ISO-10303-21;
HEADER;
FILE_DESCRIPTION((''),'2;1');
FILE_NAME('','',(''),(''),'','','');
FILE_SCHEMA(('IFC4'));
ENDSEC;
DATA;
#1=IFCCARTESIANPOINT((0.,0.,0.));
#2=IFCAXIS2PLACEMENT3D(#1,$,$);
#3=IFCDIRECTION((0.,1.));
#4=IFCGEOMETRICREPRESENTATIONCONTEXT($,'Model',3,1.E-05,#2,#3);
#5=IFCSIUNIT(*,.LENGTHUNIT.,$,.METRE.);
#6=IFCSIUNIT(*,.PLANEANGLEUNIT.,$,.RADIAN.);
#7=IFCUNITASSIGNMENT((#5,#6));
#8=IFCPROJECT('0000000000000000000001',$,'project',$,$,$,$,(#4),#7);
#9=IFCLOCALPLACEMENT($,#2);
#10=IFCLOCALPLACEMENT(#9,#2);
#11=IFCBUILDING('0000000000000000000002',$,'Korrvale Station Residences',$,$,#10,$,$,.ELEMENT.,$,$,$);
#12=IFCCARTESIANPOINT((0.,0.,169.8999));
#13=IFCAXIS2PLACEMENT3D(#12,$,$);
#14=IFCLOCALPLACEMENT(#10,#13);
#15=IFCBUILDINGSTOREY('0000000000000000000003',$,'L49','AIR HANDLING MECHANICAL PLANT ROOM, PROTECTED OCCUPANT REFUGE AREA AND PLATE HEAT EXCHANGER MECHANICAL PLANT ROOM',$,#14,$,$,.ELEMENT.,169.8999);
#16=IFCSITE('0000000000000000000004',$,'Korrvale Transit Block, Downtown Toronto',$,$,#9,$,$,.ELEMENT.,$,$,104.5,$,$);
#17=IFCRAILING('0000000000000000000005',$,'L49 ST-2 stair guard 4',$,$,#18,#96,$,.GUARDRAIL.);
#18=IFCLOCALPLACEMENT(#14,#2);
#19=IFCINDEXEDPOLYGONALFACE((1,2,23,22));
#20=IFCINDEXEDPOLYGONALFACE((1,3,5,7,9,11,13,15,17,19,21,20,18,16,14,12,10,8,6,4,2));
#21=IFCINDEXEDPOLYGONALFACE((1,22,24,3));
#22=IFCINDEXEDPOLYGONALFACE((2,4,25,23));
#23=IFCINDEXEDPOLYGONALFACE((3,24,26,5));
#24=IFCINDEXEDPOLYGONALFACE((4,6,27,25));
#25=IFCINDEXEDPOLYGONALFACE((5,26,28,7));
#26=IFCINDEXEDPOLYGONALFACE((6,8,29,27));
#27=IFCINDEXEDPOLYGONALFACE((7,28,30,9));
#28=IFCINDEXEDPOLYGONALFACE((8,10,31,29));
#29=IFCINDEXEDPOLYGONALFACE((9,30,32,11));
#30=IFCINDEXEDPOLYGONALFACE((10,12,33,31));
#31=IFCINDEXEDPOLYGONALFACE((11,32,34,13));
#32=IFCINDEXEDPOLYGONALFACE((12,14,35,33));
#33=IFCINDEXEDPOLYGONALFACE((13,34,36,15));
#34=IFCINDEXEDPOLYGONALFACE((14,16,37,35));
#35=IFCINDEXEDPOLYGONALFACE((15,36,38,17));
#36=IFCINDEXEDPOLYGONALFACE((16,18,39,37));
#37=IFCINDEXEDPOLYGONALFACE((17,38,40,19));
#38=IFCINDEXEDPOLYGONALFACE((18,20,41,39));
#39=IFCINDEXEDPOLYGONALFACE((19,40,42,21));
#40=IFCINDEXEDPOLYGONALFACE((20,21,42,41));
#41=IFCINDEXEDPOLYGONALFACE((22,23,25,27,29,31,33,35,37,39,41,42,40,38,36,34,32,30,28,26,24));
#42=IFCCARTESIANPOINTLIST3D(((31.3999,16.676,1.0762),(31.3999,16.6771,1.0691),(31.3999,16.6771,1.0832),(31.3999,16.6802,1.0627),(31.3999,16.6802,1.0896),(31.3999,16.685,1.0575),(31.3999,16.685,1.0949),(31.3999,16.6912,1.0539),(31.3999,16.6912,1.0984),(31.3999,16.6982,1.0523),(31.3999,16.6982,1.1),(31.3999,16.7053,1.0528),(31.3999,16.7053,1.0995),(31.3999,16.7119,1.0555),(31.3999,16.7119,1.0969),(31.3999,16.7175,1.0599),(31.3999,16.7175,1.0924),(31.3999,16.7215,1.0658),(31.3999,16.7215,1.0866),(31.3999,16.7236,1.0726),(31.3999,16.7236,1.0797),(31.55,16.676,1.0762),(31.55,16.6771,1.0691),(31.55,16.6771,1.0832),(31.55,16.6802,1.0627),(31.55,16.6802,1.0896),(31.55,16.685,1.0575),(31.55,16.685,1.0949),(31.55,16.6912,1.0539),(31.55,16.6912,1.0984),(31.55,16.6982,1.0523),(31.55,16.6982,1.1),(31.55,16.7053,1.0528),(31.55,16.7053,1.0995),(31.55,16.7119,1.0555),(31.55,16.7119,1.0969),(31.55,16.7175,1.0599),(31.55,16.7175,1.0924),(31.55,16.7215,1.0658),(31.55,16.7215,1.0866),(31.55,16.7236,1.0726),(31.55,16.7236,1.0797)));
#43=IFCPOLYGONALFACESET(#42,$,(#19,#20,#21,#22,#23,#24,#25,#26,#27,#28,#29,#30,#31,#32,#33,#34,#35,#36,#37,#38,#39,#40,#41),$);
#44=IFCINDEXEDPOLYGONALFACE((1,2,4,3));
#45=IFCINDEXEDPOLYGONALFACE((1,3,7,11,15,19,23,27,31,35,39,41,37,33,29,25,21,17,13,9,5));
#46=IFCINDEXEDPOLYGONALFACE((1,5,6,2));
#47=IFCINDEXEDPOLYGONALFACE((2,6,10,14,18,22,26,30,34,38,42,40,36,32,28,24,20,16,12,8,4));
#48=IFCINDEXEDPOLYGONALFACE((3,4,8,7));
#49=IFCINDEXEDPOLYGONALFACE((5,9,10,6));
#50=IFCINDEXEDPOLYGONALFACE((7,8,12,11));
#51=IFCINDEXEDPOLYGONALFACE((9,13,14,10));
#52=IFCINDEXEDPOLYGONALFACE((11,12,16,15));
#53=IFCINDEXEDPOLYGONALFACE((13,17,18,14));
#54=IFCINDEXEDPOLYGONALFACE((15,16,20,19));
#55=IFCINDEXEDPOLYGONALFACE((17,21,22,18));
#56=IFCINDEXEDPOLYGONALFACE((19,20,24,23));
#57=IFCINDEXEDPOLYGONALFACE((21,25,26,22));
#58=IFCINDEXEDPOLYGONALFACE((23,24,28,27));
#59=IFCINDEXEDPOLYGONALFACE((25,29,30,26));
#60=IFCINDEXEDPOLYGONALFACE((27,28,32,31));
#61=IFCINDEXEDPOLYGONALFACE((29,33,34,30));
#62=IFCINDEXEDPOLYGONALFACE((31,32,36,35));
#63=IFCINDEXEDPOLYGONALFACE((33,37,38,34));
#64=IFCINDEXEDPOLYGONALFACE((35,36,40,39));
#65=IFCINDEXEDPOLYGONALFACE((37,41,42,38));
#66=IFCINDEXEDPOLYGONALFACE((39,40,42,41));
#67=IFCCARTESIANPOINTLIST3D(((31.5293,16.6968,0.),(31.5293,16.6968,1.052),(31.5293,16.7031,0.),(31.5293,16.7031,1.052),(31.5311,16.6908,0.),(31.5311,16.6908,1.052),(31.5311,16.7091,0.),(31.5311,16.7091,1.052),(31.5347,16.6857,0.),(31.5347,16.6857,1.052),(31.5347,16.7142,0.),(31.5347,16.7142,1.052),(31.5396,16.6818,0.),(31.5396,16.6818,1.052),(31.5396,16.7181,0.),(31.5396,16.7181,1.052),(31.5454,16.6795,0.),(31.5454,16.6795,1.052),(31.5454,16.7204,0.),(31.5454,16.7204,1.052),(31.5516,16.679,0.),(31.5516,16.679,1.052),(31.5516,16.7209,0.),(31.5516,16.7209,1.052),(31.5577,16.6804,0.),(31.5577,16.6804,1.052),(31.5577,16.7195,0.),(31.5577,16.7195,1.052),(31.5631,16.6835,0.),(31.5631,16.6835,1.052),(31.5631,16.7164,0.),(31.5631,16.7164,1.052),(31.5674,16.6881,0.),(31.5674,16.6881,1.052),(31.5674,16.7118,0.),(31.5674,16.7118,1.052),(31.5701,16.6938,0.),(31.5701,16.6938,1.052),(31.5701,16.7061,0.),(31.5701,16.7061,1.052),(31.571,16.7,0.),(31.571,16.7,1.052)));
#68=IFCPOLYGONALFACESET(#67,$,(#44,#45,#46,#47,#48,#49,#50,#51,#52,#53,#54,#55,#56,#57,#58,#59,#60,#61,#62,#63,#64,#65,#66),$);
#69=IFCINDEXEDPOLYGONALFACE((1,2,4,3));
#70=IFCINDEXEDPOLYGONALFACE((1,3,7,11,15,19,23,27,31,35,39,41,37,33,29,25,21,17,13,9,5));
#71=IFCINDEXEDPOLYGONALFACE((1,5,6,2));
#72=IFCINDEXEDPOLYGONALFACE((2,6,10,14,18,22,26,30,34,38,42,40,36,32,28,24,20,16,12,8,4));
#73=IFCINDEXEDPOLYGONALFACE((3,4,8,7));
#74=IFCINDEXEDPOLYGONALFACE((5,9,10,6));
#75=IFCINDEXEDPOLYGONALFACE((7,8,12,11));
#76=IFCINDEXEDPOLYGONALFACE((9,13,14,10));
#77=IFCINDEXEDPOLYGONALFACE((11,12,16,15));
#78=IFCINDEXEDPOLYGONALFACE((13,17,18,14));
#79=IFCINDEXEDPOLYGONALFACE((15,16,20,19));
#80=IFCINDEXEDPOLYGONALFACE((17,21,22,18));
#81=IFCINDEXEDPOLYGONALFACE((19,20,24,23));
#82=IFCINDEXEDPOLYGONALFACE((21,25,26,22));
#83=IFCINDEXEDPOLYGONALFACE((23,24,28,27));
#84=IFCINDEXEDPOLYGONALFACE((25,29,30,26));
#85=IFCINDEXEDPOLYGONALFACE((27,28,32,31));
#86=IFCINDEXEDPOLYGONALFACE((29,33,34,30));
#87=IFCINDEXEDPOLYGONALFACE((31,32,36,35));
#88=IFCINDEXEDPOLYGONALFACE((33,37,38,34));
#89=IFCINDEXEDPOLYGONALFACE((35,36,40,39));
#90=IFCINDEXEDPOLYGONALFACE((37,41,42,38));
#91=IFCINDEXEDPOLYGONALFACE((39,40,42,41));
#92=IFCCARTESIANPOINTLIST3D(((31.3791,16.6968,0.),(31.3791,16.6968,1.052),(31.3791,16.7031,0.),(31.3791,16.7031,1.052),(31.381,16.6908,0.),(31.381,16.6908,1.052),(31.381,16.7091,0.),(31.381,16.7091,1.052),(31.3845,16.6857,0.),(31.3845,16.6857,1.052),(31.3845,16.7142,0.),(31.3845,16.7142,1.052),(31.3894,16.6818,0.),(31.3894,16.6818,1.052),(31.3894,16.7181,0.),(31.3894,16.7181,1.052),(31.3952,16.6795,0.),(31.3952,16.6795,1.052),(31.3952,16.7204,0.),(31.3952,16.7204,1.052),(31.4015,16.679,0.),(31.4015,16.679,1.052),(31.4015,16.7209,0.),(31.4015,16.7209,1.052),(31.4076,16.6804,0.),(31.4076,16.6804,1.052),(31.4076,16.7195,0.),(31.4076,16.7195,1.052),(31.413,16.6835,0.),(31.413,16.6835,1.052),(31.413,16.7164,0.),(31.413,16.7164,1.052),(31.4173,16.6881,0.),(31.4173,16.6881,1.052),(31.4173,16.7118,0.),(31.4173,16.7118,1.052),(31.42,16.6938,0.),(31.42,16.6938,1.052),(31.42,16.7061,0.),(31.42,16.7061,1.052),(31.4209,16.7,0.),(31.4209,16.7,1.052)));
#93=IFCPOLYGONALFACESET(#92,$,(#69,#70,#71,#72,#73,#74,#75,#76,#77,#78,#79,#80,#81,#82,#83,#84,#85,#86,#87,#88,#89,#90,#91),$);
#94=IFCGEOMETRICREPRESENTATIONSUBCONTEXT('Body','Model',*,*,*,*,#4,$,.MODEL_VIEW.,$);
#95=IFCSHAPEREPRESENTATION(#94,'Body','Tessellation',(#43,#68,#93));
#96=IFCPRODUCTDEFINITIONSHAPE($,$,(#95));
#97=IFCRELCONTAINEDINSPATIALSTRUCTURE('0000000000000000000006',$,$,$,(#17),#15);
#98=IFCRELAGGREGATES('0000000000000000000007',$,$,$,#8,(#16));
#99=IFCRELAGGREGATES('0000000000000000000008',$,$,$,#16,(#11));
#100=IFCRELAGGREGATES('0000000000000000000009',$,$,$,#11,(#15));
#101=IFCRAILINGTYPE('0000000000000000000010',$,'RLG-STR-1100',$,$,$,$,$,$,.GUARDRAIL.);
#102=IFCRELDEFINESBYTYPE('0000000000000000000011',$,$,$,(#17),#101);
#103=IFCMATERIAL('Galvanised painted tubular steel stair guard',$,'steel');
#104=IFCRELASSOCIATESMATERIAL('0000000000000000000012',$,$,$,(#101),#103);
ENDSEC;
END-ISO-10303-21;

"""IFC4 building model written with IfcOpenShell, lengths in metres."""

from ifc_helpers import new_model, si_unit, direction, frame, origin, origin_2d, place, context, subcontext, project, spatial, circle, extrude, material, type_object, element, save


model = new_model("IFC4")

# Units and contexts
model_context = context("Model", 3, precision=1e-05, world=origin(), true_north=direction((0.0, 1.0)))
body_context = subcontext(model_context, "Body", "Model", "MODEL_VIEW")
ifc_project = project(units=[si_unit("LENGTHUNIT", "METRE"), si_unit("PLANEANGLEUNIT", "RADIAN")], contexts=[model_context])

# Site, building, storey
site_placement = place(None, origin())
site = spatial("IfcSite", under=ifc_project, at=site_placement, Name="Korrvale Transit Block, Downtown Toronto", CompositionType="ELEMENT", RefElevation=104.5)
building_placement = place(site_placement, origin())
building = spatial("IfcBuilding", under=site, at=building_placement, Name="Korrvale Station Residences", CompositionType="ELEMENT")
storey_placement = place(building_placement, frame((0.0, 0.0, 169.8999)))
storey = spatial("IfcBuildingStorey", under=building, at=storey_placement, Name="L49", Description="AIR HANDLING MECHANICAL PLANT ROOM, PROTECTED OCCUPANT REFUGE AREA AND PLATE HEAT EXCHANGER MECHANICAL PLANT ROOM", CompositionType="ELEMENT", Elevation=169.8999)

# Railing
ifc_material_1 = material(Name="Galvanised painted tubular steel stair guard", Category="steel")
railing_type_1 = type_object("IfcRailingType", Name="RLG-STR-1100", PredefinedType="GUARDRAIL", material=ifc_material_1)
railing_1_placement = place(storey_placement, frame((31.55, 16.7, 0.0)))
element("IfcRailing", 1, at=railing_1_placement, inside=storey, type_object=railing_type_1, Name="L49 ST-2 stair guard 4", PredefinedType="GUARDRAIL", context=body_context, shape_type="SweptSolid", body=[
    extrude(circle(Radius=0.0239, at=origin_2d()), frame((0.0, 0.0, 1.0762), z_axis=(-1.0, 0.0, 0.0), x_axis=(0.0, -1.0, 0.0)), (0.0, 0.0, 1.0), 0.1501),
    extrude(circle(Radius=0.021, at=origin_2d()), origin(), (0.0, 0.0, 1.0), 1.052),
    extrude(circle(Radius=0.021, at=origin_2d()), frame((-0.1501, 0.0, 0.0)), (0.0, 0.0, 1.0), 1.052),
])

save(model, "model.ifc")
